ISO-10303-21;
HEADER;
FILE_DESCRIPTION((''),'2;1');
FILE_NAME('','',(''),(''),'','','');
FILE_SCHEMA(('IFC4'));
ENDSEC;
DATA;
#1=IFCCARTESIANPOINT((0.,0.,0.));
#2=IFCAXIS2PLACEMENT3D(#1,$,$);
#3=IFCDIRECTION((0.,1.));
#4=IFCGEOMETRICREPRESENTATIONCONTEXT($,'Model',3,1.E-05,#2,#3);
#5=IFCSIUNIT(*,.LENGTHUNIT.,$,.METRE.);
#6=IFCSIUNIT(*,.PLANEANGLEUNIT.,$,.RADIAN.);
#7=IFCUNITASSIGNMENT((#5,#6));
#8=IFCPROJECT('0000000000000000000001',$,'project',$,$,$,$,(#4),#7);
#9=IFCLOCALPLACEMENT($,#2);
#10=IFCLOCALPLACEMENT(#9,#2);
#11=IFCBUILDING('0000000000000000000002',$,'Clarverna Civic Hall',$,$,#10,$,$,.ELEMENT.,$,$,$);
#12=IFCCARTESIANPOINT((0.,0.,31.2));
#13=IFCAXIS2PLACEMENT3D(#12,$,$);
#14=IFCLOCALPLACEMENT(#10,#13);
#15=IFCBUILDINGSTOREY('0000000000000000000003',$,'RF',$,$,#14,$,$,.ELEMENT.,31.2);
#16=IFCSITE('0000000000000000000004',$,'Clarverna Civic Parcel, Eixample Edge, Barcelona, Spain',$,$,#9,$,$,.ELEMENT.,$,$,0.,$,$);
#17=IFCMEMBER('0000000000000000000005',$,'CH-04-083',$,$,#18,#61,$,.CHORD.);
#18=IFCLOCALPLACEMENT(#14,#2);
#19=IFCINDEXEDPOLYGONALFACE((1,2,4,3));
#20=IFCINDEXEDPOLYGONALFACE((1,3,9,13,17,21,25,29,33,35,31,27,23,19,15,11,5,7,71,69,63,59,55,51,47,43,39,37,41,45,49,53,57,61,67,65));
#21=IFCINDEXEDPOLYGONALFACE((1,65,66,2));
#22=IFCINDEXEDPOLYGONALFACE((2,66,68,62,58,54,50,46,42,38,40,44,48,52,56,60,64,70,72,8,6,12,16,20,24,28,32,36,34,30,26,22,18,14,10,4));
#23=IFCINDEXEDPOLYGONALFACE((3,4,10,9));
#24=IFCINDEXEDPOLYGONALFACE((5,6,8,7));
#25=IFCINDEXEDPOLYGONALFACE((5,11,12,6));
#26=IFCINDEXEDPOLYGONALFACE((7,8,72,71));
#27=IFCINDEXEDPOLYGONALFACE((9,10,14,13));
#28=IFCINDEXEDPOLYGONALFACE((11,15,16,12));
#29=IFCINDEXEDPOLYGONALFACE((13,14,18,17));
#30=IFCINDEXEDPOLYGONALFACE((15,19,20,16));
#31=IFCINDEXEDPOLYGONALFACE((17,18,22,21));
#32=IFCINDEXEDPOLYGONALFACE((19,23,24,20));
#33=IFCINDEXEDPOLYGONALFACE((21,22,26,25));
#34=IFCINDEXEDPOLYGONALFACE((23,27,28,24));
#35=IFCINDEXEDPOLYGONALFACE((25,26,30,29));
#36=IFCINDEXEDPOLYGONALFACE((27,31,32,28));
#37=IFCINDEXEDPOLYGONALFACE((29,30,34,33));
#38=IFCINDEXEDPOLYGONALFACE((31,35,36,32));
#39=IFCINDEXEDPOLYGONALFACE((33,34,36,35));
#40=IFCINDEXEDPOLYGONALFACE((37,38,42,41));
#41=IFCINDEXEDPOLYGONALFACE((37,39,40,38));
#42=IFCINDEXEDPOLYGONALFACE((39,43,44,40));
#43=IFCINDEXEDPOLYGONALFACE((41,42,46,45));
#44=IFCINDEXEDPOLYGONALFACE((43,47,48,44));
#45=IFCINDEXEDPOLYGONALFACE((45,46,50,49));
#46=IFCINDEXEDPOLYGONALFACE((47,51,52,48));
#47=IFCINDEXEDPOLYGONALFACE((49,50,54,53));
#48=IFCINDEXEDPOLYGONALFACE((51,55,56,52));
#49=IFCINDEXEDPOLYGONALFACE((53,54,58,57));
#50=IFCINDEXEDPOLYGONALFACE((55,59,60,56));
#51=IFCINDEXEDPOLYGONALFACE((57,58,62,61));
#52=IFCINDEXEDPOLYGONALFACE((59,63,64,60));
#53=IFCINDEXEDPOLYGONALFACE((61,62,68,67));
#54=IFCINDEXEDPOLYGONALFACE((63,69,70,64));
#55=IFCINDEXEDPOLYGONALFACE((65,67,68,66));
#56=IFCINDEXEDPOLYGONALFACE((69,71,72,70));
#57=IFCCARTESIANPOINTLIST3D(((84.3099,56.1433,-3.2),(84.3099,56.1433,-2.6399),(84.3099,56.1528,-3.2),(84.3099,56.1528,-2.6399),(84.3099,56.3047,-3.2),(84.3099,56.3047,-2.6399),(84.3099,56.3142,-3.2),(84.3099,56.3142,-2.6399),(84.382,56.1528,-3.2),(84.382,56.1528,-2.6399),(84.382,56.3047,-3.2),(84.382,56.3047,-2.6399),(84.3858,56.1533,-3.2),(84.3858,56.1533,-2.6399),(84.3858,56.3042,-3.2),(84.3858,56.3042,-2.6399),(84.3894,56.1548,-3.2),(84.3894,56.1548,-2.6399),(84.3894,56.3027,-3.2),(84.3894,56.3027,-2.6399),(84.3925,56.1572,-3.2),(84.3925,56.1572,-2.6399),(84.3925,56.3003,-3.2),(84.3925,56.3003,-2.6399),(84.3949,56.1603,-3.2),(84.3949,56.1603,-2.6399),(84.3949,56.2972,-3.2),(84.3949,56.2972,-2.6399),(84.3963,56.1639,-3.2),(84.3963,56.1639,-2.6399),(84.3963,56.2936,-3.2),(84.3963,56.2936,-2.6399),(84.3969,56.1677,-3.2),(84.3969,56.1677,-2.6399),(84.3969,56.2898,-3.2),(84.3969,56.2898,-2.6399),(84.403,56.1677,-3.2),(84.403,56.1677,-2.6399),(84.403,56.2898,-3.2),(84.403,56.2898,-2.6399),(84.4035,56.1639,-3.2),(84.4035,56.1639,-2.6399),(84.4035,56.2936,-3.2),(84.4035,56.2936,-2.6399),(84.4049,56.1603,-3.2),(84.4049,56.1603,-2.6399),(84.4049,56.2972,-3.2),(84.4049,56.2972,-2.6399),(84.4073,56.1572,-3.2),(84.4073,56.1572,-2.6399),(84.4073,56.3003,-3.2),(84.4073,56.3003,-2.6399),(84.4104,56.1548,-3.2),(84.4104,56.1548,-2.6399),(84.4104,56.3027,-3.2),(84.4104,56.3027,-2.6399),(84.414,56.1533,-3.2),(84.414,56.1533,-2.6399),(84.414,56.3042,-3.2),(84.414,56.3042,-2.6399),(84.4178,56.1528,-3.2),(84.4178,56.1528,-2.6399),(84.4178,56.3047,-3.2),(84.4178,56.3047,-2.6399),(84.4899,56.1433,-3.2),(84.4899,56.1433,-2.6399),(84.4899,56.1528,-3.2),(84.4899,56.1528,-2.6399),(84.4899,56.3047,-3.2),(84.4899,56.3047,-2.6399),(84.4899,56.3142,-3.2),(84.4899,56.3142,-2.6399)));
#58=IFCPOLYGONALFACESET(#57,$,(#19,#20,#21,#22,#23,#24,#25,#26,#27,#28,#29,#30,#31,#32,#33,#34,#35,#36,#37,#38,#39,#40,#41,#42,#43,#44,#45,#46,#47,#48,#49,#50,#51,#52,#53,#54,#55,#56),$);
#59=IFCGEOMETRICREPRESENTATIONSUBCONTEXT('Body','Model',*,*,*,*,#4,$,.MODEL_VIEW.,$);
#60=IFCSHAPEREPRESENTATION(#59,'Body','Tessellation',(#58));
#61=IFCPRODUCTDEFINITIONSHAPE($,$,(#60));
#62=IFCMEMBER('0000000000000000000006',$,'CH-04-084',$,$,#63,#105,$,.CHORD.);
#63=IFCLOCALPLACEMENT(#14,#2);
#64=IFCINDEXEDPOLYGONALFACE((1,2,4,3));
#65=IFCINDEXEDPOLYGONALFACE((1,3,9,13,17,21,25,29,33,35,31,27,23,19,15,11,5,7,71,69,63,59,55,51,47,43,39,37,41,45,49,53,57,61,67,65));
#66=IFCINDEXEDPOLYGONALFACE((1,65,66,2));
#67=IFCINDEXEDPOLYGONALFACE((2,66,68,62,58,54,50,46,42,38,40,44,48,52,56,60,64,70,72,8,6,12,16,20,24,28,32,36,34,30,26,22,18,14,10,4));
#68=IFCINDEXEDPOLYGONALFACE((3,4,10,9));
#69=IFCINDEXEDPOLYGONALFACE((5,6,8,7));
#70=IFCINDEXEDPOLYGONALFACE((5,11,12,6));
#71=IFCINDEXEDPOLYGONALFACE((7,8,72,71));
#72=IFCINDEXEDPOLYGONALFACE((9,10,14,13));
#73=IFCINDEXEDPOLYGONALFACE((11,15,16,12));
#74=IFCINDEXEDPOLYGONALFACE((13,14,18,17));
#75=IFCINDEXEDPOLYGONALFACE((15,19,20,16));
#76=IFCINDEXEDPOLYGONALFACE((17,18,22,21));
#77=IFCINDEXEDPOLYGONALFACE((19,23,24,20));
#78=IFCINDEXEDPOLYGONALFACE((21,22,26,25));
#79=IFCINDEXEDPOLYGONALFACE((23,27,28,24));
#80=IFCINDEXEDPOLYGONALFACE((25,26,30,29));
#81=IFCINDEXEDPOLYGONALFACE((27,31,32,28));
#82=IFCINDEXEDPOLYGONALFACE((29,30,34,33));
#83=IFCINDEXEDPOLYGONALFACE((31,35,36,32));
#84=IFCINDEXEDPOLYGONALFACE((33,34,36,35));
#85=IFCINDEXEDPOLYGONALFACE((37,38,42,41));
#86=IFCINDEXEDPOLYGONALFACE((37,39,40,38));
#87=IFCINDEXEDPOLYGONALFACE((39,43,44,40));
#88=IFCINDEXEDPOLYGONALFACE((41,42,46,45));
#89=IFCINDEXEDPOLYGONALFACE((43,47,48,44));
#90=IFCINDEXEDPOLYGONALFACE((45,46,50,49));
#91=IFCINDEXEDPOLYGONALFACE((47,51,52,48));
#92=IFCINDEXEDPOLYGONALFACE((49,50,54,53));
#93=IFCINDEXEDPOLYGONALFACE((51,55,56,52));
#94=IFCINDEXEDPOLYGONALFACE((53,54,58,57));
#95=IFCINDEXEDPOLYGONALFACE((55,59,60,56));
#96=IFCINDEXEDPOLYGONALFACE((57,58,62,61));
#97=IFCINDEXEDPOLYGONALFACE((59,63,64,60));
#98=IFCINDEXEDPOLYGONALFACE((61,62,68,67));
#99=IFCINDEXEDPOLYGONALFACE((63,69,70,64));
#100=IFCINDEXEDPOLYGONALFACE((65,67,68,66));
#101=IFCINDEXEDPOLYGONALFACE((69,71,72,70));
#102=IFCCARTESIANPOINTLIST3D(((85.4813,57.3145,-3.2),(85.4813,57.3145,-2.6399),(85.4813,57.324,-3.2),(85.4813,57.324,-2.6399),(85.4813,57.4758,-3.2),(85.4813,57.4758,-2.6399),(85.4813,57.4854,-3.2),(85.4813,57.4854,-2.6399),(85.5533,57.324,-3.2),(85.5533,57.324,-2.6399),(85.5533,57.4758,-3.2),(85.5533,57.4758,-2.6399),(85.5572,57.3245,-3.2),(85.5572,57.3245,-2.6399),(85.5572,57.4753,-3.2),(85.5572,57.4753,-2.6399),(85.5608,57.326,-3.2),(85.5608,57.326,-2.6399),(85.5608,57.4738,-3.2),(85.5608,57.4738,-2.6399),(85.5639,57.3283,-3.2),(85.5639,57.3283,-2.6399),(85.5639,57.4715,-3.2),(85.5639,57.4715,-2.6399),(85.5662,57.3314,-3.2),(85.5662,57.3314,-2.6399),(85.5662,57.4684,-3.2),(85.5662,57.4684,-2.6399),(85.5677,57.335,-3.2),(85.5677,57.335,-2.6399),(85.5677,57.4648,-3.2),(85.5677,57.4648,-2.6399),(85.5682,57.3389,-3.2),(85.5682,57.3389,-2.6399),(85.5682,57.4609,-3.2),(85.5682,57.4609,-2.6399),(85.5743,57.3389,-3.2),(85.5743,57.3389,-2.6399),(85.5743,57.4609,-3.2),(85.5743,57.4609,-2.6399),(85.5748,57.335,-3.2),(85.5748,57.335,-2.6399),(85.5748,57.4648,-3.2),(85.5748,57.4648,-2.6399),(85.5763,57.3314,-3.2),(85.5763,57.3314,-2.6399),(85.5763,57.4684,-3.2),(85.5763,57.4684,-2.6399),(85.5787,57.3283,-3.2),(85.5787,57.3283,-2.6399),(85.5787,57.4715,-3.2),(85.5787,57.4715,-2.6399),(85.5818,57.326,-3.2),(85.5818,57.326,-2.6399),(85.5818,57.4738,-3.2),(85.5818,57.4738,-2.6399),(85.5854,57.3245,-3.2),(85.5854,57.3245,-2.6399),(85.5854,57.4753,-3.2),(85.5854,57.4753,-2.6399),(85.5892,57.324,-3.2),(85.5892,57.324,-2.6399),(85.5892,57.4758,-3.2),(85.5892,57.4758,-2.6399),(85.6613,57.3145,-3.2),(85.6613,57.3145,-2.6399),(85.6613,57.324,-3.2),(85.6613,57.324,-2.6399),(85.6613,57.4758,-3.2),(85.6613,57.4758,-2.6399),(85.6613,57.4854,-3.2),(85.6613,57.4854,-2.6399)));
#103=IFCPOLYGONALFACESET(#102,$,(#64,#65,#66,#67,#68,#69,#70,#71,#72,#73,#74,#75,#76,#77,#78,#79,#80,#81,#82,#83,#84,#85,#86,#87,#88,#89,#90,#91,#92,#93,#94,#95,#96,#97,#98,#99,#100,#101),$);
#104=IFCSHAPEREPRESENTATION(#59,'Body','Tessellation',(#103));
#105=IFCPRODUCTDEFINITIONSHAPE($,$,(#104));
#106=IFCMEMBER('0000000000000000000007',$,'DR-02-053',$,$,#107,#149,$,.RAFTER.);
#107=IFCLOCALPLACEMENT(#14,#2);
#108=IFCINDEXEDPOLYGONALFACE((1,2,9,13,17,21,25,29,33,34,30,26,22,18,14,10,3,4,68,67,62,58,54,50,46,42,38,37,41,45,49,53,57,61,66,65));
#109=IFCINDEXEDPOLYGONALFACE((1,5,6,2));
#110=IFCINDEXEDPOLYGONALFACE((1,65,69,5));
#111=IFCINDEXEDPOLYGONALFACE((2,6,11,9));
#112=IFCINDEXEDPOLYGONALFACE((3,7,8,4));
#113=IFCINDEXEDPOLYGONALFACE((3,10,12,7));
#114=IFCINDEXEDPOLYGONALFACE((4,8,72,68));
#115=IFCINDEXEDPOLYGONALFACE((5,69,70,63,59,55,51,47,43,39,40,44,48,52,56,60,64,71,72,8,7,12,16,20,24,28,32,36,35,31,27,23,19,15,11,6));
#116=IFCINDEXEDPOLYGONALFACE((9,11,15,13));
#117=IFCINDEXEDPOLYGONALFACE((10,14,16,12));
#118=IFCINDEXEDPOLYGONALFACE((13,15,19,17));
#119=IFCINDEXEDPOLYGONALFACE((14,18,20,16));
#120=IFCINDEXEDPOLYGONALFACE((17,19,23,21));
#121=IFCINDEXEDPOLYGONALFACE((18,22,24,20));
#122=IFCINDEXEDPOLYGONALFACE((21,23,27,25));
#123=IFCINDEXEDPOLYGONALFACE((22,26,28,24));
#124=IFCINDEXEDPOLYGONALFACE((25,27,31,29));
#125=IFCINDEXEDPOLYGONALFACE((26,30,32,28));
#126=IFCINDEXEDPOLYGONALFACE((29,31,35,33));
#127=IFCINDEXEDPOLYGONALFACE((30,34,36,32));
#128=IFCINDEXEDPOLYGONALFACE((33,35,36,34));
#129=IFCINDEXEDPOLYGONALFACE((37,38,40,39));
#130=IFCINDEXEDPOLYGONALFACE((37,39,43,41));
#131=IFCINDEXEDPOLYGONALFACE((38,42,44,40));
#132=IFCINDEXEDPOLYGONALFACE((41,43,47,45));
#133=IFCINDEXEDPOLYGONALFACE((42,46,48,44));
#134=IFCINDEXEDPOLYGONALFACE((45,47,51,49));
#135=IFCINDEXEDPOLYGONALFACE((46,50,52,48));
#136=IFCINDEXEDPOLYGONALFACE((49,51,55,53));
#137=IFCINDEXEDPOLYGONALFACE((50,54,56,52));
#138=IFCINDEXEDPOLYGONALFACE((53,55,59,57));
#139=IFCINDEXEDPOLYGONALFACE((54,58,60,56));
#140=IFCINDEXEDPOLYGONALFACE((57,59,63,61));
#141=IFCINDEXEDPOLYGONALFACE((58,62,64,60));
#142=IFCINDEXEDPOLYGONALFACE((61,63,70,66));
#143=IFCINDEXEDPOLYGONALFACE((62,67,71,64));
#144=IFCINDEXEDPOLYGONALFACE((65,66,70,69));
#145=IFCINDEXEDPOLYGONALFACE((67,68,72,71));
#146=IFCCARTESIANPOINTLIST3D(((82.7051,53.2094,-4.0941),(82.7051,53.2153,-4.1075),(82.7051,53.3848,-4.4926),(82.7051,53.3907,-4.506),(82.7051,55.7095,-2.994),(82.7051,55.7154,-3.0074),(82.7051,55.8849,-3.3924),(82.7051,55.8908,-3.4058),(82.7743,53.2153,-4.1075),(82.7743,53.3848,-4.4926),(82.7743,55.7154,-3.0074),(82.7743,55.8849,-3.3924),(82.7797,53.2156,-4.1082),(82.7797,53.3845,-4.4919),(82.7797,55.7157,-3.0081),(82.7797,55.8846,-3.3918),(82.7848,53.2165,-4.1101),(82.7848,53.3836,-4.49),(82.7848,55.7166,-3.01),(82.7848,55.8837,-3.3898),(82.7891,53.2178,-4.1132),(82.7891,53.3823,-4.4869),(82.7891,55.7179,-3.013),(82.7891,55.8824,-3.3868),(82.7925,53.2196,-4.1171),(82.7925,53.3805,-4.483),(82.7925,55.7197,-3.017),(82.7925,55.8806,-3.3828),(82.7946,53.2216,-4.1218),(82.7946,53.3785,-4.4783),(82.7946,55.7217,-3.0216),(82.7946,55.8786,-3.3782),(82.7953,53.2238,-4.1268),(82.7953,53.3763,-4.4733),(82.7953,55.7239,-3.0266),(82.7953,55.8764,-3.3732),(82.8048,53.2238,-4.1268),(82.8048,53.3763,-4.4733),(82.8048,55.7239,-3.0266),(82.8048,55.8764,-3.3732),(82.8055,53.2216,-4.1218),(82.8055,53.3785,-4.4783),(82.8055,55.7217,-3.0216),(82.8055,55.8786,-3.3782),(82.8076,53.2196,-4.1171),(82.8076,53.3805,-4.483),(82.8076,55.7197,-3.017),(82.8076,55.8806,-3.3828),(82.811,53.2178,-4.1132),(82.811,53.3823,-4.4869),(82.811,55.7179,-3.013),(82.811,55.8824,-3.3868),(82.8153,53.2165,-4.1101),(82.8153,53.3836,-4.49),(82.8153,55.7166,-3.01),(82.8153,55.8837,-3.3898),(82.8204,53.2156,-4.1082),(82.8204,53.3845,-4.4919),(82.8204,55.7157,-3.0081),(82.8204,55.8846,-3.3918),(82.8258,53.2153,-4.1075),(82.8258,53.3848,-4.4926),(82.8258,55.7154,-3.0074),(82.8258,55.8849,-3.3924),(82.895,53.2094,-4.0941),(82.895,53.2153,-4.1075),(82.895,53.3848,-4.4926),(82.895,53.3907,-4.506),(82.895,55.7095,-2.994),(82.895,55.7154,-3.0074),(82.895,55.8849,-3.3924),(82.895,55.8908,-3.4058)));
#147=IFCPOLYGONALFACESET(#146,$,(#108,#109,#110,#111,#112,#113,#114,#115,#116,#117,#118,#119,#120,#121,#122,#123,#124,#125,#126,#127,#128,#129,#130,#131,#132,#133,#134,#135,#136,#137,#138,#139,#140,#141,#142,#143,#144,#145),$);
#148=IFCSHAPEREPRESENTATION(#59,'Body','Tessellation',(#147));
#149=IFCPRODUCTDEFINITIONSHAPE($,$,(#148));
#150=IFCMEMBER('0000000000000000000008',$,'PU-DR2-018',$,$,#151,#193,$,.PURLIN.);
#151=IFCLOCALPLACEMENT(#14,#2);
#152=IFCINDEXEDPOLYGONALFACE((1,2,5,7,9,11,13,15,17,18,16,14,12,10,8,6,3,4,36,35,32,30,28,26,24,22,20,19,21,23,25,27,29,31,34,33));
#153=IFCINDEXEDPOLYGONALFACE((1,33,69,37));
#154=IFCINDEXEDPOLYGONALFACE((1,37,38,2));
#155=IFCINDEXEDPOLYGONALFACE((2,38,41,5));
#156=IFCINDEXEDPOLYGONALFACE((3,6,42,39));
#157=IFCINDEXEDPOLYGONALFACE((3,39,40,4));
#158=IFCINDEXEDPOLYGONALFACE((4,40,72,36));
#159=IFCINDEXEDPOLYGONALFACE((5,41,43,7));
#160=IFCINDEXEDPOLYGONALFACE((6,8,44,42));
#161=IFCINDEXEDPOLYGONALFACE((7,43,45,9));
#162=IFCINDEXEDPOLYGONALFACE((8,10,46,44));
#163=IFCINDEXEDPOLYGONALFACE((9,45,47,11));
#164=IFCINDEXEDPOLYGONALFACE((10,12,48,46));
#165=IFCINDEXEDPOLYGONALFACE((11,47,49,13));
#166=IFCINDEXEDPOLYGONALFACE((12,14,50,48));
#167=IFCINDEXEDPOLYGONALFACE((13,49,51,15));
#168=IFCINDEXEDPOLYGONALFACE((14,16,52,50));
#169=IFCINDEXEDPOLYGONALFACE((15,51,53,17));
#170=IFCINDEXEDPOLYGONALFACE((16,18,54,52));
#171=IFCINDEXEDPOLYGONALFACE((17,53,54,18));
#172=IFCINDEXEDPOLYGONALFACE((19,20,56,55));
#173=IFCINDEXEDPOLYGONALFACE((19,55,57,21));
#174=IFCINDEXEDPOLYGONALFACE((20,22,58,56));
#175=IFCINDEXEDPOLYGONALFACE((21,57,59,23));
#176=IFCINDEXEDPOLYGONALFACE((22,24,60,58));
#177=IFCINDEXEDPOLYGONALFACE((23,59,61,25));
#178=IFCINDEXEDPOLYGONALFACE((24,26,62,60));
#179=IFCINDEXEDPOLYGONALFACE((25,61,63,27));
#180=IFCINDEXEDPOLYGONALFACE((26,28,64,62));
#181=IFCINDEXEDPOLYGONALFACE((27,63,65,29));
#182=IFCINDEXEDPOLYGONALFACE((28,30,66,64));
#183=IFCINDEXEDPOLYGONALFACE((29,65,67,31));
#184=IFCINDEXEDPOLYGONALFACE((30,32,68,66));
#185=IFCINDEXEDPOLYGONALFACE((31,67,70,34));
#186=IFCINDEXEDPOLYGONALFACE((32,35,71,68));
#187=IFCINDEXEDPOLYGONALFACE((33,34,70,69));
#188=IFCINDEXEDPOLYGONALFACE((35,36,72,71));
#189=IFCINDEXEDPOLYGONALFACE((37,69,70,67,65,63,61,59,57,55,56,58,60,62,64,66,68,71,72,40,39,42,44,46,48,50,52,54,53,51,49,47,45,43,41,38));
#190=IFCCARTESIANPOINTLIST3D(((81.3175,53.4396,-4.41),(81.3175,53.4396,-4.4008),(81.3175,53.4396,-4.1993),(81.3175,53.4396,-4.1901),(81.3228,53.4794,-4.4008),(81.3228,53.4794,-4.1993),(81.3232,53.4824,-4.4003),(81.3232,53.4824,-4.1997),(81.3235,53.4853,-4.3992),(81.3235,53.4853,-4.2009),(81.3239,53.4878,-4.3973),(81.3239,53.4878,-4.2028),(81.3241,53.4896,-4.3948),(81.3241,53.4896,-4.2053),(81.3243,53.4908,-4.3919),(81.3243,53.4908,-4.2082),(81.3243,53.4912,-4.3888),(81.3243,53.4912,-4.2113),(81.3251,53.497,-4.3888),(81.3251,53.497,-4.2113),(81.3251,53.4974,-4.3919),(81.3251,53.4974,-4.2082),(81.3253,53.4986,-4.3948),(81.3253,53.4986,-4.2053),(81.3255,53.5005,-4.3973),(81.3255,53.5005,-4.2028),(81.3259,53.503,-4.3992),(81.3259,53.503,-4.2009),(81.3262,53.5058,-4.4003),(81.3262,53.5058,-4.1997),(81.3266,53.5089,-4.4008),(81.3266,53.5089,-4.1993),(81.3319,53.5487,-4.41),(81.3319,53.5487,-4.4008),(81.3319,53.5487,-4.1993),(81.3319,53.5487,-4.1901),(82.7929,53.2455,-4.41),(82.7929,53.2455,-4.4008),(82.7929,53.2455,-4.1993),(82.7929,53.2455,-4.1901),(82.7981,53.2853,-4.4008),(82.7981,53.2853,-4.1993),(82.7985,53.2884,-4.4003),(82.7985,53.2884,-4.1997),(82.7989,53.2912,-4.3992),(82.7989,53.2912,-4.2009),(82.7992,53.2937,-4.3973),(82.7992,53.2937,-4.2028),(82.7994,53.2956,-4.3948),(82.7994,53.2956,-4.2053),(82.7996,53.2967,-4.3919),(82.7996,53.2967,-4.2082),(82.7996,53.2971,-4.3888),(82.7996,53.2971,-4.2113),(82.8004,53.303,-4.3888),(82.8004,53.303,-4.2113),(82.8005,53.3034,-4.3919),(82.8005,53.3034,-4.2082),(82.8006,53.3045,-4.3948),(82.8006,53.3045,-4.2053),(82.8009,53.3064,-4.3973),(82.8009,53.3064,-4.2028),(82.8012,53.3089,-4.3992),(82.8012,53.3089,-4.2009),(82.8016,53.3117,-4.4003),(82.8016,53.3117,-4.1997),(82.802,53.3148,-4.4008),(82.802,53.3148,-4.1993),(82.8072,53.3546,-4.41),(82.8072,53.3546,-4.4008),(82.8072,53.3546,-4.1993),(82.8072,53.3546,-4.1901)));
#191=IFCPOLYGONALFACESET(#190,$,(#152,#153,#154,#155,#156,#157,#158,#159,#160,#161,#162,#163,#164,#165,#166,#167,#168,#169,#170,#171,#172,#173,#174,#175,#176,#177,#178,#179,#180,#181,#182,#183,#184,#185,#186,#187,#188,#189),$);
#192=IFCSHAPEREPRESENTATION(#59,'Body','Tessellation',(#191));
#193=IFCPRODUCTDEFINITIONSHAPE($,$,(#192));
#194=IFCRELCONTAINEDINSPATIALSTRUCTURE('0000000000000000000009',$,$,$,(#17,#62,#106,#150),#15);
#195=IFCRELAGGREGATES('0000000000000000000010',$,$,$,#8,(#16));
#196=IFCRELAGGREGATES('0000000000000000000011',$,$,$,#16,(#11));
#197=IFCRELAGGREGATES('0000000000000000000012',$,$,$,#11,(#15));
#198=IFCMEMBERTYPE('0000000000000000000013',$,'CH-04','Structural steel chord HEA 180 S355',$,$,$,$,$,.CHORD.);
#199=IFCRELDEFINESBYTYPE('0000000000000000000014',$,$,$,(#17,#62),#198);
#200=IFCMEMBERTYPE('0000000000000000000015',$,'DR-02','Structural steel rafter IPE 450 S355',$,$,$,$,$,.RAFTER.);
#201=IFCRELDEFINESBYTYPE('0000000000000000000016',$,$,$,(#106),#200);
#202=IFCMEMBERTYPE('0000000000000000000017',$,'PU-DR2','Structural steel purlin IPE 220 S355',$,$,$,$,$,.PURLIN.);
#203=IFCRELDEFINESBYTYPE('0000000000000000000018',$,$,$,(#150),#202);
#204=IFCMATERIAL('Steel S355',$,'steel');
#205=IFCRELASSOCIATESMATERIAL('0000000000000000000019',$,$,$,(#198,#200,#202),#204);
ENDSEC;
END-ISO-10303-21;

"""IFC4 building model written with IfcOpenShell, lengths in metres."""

from ifc_helpers import new_model, si_unit, direction, frame, origin, origin_2d, place, context, subcontext, project, spatial, i_section, extrude, material, material_profile, profile_set, type_object, element, save


model = new_model("IFC4")

# Units and contexts
model_context = context("Model", 3, precision=1e-05, world=origin(), true_north=direction((0.0, 1.0)))
body_context = subcontext(model_context, "Body", "Model", "MODEL_VIEW")
ifc_project = project(units=[si_unit("LENGTHUNIT", "METRE"), si_unit("PLANEANGLEUNIT", "RADIAN")], contexts=[model_context])

# Site, building, storey
site_placement = place(None, origin())
site = spatial("IfcSite", under=ifc_project, at=site_placement, Name="Clarverna Civic Parcel, Eixample Edge, Barcelona, Spain", CompositionType="ELEMENT", RefElevation=0.0)
building_placement = place(site_placement, origin())
building = spatial("IfcBuilding", under=site, at=building_placement, Name="Clarverna Civic Hall", CompositionType="ELEMENT")
storey_placement = place(building_placement, frame((0.0, 0.0, 31.2)))
storey = spatial("IfcBuildingStorey", under=building, at=storey_placement, Name="RF", CompositionType="ELEMENT", Elevation=31.2)

# Members
ifc_material_1 = material(Name="Steel S355", Category="steel")
ifc_material_profile_1 = material_profile(ifc_material_1, i_section(OverallWidth=0.1799, OverallDepth=0.1709, WebThickness=0.0061, FlangeThickness=0.0095, FilletRadius=0.0149, at=origin_2d()), Name="HEA 180")
ifc_profile_set_1 = profile_set([ifc_material_profile_1], Name="Steel S355")
member_type_1 = type_object("IfcMemberType", Name="CH-04", Description="Structural steel chord HEA 180 S355", PredefinedType="CHORD", material=ifc_profile_set_1)
for number, where, z_axis, x_axis, name in (
    (1, (84.3999, 56.2288, -3.2), (0.0, 0.0, 1.0), (1.0, 0.0, 0.0), "CH-04-083"),
    (2, (85.5713, 57.3999, -3.2), (0.0, 0.0, 1.0), (1.0, 0.0, 0.0), "CH-04-084"),
):
    element("IfcMember", number, at=place(storey_placement, frame(where, z_axis=z_axis, x_axis=x_axis)), inside=storey, type_object=member_type_1, Name=name, PredefinedType="CHORD", context=body_context, shape_type="SweptSolid", body=[
        extrude(i_section(OverallWidth=0.1799, OverallDepth=0.1709, WebThickness=0.0061, FlangeThickness=0.0095, FilletRadius=0.0149, at=origin_2d()), origin(), (0.0, 0.0, 1.0), 0.5601),
    ])
ifc_material_profile_2 = material_profile(ifc_material_1, i_section(OverallWidth=0.1899, OverallDepth=0.45, WebThickness=0.0095, FlangeThickness=0.0146, FilletRadius=0.021, at=origin_2d()), Name="IPE 450")
ifc_profile_set_2 = profile_set([ifc_material_profile_2], Name="Steel S355")
member_type_2 = type_object("IfcMemberType", Name="DR-02", Description="Structural steel rafter IPE 450 S355", PredefinedType="RAFTER", material=ifc_profile_set_2)
member_1_placement = place(storey_placement, frame((82.8, 53.3, -4.3), z_axis=(0.0, 0.915302, 0.402769), x_axis=(-1.0, 0.0, 0.0)))
element("IfcMember", 3, at=member_1_placement, inside=storey, type_object=member_type_2, Name="DR-02-053", PredefinedType="RAFTER", context=body_context, shape_type="SweptSolid", body=[
    extrude(i_section(OverallWidth=0.1899, OverallDepth=0.45, WebThickness=0.0095, FlangeThickness=0.0146, FilletRadius=0.021, at=origin_2d()), origin(), (0.0, 0.0, 1.0), 2.7314),
])
ifc_material_profile_3 = material_profile(ifc_material_1, i_section(OverallWidth=0.1101, OverallDepth=0.22, WebThickness=0.0059, FlangeThickness=0.0093, FilletRadius=0.012, at=origin_2d()), Name="IPE 220")
ifc_profile_set_3 = profile_set([ifc_material_profile_3], Name="Steel S355")
member_type_3 = type_object("IfcMemberType", Name="PU-DR2", Description="Structural steel purlin IPE 220 S355", PredefinedType="PURLIN", material=ifc_profile_set_3)
for number, where, z_axis, x_axis, name in (
    (4, (81.3247, 53.4941, -4.3), (0.991457, -0.130433, 0.0), (0.130433, 0.991457, 0.0), "PU-DR2-018"),
):
    element("IfcMember", number, at=place(storey_placement, frame(where, z_axis=z_axis, x_axis=x_axis)), inside=storey, type_object=member_type_3, Name=name, PredefinedType="PURLIN", context=body_context, shape_type="SweptSolid", body=[
        extrude(i_section(OverallWidth=0.1101, OverallDepth=0.22, WebThickness=0.0059, FlangeThickness=0.0093, FilletRadius=0.012, at=origin_2d()), origin(), (0.0, 0.0, 1.0), 1.488),
    ])

save(model, "model.ifc")
